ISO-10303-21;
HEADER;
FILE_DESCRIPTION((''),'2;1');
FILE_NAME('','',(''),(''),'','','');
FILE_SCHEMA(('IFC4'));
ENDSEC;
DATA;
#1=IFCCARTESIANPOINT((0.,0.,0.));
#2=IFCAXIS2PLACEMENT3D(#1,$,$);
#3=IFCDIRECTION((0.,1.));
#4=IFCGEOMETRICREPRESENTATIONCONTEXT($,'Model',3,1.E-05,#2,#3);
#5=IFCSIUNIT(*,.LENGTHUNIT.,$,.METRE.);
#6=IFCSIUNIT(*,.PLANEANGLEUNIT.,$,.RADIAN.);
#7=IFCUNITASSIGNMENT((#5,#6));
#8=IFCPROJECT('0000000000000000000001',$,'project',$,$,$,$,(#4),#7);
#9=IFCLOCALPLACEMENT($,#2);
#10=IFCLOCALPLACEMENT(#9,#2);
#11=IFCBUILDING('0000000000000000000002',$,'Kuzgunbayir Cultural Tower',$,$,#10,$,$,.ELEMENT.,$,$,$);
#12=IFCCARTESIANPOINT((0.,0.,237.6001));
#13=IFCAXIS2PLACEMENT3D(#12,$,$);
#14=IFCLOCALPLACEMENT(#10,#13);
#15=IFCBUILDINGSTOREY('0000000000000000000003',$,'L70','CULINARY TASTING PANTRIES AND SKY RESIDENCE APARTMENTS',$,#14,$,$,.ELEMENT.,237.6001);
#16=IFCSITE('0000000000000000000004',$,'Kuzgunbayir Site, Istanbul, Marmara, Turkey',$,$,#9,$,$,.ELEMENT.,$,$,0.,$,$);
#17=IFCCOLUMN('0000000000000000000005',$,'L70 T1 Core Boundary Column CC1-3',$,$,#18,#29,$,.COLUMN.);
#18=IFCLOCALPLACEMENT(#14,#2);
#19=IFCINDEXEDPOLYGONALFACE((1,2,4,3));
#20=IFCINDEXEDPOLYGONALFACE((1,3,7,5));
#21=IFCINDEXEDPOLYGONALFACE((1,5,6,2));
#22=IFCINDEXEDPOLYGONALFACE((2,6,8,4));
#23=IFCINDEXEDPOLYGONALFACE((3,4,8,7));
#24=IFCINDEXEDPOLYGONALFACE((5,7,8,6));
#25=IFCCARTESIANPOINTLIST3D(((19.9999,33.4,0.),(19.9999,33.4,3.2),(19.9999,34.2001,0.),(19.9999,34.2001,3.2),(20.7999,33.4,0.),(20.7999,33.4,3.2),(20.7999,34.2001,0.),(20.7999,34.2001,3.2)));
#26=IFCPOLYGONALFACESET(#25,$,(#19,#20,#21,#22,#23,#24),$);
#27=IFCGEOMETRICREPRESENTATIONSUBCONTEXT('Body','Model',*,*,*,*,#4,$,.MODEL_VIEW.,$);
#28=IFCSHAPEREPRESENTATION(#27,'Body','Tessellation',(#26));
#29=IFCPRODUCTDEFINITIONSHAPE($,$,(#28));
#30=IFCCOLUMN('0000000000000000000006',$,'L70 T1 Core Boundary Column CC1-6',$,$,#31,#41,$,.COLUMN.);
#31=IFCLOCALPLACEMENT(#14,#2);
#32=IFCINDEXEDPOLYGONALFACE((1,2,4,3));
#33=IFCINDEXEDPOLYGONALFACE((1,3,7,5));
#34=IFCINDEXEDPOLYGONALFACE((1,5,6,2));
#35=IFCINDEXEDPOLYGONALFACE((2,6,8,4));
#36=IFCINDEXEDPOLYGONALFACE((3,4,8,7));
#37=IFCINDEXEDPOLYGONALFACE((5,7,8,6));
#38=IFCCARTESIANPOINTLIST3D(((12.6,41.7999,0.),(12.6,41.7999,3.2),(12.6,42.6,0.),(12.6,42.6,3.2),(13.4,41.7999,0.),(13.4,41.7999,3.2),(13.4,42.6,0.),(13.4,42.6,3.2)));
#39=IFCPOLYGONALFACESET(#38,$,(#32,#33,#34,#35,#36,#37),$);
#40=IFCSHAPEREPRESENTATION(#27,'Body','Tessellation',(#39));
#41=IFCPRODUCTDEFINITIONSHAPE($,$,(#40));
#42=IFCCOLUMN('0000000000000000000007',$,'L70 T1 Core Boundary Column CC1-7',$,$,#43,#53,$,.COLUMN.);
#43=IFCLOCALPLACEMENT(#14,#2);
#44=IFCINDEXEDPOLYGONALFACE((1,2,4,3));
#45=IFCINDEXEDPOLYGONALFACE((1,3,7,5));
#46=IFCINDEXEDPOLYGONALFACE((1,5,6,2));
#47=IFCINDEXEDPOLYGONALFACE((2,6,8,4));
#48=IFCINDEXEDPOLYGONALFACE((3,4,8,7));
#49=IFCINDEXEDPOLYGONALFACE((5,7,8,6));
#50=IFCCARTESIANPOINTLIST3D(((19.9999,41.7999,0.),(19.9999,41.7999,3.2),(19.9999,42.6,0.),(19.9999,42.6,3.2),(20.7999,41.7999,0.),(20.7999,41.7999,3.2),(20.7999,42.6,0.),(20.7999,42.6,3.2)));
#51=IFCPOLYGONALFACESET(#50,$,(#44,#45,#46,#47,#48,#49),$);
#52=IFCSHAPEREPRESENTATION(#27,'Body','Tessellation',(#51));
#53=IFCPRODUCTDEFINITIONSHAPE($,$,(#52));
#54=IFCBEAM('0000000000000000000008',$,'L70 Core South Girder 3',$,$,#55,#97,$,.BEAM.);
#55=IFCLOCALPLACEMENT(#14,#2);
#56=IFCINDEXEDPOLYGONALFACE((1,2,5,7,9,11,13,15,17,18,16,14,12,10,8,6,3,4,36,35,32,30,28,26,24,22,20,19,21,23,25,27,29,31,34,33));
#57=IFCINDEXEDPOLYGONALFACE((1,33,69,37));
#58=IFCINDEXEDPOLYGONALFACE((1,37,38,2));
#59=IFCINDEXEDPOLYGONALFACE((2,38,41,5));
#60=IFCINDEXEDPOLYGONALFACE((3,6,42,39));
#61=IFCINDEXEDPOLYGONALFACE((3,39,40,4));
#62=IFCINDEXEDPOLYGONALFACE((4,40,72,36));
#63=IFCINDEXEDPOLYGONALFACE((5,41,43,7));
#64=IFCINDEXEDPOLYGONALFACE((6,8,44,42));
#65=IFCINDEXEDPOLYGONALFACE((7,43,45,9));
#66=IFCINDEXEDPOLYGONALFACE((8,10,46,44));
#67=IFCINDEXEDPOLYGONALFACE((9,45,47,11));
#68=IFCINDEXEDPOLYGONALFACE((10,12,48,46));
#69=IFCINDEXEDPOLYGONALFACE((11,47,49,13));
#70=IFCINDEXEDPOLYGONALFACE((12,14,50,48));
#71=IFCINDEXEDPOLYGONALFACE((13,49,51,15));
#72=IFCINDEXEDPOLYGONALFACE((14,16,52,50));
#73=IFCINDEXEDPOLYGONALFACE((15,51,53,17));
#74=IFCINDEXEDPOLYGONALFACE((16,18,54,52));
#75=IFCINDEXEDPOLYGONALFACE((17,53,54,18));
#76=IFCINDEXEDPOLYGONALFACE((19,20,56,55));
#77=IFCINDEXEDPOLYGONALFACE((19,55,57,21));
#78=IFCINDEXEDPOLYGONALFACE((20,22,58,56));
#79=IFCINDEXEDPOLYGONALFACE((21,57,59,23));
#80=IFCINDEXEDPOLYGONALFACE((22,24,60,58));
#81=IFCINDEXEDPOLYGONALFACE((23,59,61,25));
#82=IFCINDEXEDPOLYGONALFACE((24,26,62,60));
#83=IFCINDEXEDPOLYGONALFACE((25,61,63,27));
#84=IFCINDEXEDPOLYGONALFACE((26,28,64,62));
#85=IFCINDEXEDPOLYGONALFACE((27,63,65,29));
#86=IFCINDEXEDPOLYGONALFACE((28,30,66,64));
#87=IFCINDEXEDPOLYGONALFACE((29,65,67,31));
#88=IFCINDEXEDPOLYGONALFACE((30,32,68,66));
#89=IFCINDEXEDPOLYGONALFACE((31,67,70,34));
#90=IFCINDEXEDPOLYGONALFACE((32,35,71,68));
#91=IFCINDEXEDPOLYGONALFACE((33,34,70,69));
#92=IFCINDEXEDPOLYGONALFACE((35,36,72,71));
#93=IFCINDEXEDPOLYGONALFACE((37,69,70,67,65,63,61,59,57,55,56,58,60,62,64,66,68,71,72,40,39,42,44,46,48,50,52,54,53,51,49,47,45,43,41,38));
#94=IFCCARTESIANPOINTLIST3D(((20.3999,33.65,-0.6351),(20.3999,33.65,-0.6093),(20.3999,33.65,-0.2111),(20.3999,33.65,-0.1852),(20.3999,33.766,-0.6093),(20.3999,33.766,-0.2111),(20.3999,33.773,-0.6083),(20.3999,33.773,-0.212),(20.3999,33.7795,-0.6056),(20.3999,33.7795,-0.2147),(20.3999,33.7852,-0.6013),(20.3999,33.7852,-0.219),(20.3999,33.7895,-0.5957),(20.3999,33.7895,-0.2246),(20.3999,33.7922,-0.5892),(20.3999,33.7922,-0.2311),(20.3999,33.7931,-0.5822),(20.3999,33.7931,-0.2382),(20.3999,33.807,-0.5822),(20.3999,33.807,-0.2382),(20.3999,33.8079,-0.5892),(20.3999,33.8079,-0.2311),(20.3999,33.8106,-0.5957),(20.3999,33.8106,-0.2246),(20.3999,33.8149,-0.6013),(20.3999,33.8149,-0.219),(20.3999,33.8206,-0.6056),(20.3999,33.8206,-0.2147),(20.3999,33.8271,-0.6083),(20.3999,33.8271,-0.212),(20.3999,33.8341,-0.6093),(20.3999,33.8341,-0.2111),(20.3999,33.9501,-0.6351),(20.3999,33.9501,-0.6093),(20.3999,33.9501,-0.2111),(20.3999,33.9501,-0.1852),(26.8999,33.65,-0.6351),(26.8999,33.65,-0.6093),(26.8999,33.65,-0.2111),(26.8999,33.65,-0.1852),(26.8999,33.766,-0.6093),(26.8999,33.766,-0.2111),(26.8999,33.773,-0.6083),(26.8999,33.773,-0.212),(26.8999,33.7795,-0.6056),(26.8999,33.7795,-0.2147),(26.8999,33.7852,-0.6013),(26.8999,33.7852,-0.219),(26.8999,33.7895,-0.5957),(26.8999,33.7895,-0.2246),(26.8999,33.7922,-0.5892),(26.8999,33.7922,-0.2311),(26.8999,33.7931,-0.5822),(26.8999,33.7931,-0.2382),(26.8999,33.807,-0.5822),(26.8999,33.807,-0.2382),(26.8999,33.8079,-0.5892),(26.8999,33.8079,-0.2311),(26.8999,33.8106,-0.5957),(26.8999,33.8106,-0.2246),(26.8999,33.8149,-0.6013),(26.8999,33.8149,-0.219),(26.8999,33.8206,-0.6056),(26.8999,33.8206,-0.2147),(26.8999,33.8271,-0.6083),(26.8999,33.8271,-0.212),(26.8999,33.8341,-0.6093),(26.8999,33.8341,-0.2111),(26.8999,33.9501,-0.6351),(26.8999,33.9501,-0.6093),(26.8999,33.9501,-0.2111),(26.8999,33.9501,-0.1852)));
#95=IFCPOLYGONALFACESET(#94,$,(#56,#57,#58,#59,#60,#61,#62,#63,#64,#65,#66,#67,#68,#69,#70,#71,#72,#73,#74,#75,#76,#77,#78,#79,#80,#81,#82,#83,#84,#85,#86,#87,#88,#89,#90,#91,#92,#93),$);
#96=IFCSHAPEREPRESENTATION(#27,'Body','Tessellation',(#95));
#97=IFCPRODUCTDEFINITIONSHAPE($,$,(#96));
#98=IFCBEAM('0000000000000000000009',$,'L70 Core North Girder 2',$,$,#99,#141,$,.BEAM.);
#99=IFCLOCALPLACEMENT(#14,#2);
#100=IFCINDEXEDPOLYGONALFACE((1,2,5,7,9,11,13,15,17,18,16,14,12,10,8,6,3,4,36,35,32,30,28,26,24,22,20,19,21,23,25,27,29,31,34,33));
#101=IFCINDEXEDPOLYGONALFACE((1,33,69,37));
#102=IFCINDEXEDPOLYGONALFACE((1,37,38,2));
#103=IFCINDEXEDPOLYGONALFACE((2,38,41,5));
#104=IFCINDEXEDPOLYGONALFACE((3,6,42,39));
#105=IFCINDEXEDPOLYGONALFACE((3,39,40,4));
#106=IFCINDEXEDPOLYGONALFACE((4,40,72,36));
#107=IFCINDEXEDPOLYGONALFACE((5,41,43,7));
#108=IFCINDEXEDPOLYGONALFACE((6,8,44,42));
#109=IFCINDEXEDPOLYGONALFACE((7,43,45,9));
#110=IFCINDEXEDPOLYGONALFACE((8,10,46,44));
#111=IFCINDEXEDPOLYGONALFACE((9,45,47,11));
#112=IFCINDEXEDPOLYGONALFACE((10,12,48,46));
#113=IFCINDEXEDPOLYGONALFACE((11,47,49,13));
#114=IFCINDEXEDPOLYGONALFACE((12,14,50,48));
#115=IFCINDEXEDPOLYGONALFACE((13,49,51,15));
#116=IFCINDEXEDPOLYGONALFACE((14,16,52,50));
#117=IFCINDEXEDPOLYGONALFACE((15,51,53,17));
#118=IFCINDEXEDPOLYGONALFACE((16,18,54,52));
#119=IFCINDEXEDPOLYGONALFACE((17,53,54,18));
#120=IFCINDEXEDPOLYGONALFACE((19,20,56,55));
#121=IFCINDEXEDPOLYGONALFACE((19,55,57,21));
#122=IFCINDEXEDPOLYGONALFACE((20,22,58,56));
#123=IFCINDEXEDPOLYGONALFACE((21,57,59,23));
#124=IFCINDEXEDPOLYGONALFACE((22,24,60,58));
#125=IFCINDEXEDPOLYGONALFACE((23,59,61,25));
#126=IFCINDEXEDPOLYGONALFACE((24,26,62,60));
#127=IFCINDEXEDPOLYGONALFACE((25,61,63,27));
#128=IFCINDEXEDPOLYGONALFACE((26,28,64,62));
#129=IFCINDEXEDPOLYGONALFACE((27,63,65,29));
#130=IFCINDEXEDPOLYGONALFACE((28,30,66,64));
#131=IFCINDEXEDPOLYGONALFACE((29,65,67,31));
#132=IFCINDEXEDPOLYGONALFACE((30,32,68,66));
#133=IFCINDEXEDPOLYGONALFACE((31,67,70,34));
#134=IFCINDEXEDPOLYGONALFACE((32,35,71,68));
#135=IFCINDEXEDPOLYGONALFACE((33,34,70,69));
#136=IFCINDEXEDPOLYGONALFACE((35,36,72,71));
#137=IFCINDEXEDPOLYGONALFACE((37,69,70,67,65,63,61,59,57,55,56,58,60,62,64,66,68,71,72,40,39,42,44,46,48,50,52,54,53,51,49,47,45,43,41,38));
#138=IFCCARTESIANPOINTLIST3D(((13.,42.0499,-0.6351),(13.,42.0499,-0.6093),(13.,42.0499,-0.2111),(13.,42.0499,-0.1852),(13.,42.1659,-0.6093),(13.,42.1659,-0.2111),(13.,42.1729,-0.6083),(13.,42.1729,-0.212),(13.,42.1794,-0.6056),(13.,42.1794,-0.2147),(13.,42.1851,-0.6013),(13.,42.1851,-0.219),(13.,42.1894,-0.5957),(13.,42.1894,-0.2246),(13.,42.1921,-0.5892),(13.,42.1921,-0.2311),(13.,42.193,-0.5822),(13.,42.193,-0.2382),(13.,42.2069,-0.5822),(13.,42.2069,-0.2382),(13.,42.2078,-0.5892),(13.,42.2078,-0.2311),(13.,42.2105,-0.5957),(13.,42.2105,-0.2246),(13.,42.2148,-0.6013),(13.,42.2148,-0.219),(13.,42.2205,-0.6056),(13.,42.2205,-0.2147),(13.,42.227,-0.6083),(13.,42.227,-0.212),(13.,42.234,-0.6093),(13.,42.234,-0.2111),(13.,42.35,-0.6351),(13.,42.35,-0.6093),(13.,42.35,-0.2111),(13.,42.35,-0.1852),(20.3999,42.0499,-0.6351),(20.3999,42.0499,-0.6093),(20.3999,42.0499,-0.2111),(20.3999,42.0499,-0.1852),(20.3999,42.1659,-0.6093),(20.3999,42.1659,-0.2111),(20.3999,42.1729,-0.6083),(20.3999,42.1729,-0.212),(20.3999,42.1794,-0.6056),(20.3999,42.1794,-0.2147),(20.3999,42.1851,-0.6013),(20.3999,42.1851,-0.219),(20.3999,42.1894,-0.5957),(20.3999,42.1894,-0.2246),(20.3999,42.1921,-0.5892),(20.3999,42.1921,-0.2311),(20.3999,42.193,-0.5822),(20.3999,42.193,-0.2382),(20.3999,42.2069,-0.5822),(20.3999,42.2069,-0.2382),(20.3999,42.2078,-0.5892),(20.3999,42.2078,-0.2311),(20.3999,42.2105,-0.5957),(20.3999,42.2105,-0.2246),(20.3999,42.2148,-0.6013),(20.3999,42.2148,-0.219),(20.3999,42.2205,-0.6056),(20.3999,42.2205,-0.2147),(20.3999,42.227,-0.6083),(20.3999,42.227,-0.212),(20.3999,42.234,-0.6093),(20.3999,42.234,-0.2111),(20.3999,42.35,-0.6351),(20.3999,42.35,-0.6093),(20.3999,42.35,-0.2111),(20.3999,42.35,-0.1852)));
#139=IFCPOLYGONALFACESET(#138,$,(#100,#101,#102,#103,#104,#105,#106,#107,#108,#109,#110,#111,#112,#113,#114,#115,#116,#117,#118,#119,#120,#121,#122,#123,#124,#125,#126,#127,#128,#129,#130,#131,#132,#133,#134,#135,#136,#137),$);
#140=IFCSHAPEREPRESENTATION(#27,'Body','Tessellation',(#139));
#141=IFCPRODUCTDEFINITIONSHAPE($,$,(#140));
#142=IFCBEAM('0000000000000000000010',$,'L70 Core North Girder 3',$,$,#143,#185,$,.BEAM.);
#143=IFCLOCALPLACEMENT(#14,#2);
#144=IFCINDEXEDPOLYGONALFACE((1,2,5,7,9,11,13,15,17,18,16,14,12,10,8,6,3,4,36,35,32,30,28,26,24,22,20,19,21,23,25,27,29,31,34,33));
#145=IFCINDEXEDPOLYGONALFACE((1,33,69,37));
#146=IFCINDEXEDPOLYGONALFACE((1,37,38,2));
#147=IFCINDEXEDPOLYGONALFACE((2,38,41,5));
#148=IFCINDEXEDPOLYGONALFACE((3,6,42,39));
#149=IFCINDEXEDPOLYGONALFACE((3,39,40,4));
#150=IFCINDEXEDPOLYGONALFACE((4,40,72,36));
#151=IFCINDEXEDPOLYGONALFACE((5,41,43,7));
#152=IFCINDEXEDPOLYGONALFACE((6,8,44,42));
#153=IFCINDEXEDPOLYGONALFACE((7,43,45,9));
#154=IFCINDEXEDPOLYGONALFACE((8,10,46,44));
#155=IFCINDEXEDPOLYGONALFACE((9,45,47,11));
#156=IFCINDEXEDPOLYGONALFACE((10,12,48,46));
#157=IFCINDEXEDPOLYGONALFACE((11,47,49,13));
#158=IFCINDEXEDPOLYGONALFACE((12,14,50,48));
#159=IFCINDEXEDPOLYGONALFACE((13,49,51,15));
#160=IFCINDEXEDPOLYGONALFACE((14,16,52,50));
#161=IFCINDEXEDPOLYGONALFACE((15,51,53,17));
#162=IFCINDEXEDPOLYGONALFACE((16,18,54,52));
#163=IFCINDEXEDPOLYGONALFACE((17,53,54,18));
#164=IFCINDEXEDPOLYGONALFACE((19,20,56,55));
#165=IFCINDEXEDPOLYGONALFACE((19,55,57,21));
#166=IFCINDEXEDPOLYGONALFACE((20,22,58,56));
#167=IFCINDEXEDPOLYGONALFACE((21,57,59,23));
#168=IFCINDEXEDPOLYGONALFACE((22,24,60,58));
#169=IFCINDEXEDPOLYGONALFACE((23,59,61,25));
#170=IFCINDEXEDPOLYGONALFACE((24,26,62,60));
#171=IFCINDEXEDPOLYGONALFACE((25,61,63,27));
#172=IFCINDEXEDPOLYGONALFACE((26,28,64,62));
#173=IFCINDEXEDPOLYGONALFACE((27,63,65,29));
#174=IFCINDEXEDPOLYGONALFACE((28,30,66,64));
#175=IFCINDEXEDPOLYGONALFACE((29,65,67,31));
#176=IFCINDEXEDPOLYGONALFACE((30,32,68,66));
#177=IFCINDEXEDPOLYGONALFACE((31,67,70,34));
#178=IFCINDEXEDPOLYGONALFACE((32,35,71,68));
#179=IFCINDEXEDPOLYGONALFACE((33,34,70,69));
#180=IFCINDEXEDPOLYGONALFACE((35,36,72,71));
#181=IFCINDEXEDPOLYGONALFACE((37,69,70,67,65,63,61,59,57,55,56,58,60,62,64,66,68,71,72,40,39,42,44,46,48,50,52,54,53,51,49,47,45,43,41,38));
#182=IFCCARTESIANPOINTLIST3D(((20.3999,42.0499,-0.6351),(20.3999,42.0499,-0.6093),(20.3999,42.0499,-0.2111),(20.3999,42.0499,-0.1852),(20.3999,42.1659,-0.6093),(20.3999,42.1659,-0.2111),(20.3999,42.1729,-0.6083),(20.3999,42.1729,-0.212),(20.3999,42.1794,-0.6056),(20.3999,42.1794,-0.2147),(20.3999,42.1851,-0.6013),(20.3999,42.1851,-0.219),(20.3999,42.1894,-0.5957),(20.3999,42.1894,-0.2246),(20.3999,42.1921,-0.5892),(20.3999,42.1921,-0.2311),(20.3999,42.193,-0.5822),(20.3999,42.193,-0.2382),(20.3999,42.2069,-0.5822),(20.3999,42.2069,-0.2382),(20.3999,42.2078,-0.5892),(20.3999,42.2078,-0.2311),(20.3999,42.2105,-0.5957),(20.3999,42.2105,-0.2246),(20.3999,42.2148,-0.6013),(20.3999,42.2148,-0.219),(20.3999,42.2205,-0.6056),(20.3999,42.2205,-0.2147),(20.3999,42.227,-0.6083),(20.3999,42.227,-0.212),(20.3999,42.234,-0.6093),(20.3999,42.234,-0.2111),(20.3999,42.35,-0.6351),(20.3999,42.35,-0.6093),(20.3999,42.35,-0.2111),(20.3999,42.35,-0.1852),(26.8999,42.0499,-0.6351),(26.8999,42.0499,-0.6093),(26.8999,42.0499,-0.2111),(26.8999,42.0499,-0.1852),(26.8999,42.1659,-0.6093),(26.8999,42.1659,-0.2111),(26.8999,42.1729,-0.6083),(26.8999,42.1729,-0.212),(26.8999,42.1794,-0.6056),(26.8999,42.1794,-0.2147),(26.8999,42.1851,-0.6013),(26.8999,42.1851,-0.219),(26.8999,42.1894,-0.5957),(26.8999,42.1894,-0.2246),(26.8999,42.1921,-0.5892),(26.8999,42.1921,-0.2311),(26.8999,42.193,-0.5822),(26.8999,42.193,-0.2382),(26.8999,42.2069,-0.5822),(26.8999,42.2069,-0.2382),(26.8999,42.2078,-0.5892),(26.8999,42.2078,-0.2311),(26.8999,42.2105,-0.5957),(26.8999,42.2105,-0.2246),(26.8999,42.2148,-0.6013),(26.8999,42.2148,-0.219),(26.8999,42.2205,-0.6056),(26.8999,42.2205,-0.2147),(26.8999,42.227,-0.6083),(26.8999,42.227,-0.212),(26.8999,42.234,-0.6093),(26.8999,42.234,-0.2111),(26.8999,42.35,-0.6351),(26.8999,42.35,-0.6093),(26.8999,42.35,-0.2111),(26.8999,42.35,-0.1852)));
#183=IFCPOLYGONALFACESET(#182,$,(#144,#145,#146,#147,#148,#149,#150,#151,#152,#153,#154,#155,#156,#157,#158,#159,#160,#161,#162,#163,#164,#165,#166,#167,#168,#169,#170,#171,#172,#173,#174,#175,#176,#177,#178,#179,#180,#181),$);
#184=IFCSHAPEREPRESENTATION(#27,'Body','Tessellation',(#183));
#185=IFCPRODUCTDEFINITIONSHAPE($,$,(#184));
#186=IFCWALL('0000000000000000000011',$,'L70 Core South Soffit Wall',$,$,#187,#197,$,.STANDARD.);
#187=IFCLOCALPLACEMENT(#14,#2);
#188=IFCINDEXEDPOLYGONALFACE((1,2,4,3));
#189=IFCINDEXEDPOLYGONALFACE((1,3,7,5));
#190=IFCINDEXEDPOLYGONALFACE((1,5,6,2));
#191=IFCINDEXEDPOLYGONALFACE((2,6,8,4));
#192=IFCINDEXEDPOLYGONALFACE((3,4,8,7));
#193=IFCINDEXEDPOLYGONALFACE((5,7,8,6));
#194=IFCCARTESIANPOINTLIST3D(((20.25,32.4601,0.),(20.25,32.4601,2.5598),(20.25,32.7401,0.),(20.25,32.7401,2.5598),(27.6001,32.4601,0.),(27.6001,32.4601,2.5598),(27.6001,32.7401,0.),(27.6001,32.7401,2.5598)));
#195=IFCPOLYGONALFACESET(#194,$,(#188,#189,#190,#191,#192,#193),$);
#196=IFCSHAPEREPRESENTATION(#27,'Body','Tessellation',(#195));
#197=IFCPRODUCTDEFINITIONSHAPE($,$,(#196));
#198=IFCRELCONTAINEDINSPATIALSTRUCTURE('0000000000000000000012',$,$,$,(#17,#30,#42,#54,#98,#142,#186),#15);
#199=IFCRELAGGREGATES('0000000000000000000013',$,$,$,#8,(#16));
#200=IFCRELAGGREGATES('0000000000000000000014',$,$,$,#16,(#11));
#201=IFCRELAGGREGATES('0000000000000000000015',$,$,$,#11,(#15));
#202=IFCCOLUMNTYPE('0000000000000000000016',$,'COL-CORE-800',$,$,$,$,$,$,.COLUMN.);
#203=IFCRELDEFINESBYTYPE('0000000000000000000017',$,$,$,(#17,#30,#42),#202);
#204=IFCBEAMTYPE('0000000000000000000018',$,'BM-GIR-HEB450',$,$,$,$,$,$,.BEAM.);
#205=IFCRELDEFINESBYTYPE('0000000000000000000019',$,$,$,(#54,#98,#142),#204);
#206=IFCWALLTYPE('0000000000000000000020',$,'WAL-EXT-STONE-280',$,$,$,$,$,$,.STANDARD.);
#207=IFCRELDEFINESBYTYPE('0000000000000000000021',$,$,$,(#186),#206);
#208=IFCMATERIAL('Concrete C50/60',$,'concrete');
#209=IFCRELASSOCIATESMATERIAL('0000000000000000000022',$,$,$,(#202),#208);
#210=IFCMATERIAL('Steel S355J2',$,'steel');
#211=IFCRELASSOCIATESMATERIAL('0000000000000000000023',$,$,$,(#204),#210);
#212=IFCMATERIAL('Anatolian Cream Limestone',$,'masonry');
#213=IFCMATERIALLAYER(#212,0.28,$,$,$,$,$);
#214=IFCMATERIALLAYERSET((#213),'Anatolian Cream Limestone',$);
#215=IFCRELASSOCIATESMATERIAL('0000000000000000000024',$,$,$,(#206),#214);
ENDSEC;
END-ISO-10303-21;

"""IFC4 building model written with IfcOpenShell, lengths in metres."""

from ifc_helpers import new_model, si_unit, direction, frame, frame_2d, origin, origin_2d, place, context, subcontext, project, spatial, rectangle, i_section, extrude, material, layer, layer_set, material_profile, profile_set, type_object, element, save


model = new_model("IFC4")

# Units and contexts
model_context = context("Model", 3, precision=1e-05, world=origin(), true_north=direction((0.0, 1.0)))
body_context = subcontext(model_context, "Body", "Model", "MODEL_VIEW")
ifc_project = project(units=[si_unit("LENGTHUNIT", "METRE"), si_unit("PLANEANGLEUNIT", "RADIAN")], contexts=[model_context])

# Site, building, storey
site_placement = place(None, origin())
site = spatial("IfcSite", under=ifc_project, at=site_placement, Name="Kuzgunbayir Site, Istanbul, Marmara, Turkey", CompositionType="ELEMENT", RefElevation=0.0)
building_placement = place(site_placement, origin())
building = spatial("IfcBuilding", under=site, at=building_placement, Name="Kuzgunbayir Cultural Tower", CompositionType="ELEMENT")
storey_placement = place(building_placement, frame((0.0, 0.0, 237.6001)))
storey = spatial("IfcBuildingStorey", under=building, at=storey_placement, Name="L70", Description="CULINARY TASTING PANTRIES AND SKY RESIDENCE APARTMENTS", CompositionType="ELEMENT", Elevation=237.6001)

# Columns
ifc_material_1 = material(Name="Concrete C50/60", Category="concrete")
ifc_material_profile_1 = material_profile(ifc_material_1, rectangle(XDim=0.8, YDim=0.8, at=origin_2d()), Name="RC 800x800")
ifc_profile_set_1 = profile_set([ifc_material_profile_1], Name="Concrete C50/60")
column_type = type_object("IfcColumnType", Name="COL-CORE-800", PredefinedType="COLUMN", material=ifc_profile_set_1)
for number, where, z_axis, x_axis, name in (
    (1, (20.3999, 33.8, 0.0), (0.0, 0.0, 1.0), (1.0, 0.0, 0.0), "L70 T1 Core Boundary Column CC1-3"),
    (2, (13.0, 42.2, 0.0), (0.0, 0.0, 1.0), (1.0, 0.0, 0.0), "L70 T1 Core Boundary Column CC1-6"),
    (3, (20.3999, 42.2, 0.0), (0.0, 0.0, 1.0), (1.0, 0.0, 0.0), "L70 T1 Core Boundary Column CC1-7"),
):
    element("IfcColumn", number, at=place(storey_placement, frame(where, z_axis=z_axis, x_axis=x_axis)), inside=storey, type_object=column_type, Name=name, PredefinedType="COLUMN", context=body_context, shape_type="SweptSolid", body=[
        extrude(rectangle(XDim=0.8, YDim=0.8, at=origin_2d()), origin(), (0.0, 0.0, 1.0), 3.2),
    ])

# Beams
ifc_material_2 = material(Name="Steel S355J2", Category="steel")
ifc_material_profile_2 = material_profile(ifc_material_2, i_section(OverallWidth=0.3, OverallDepth=0.45, WebThickness=0.0139, FlangeThickness=0.0259, FilletRadius=0.0271, at=origin_2d()), Name="HEB 450")
ifc_profile_set_2 = profile_set([ifc_material_profile_2], Name="Steel S355J2")
beam_type = type_object("IfcBeamType", Name="BM-GIR-HEB450", PredefinedType="BEAM", material=ifc_profile_set_2)
beam_1_placement = place(storey_placement, frame((20.3999, 33.8, -0.4102), z_axis=(1.0, 0.0, 0.0), x_axis=(0.0, 1.0, 0.0)))
element("IfcBeam", 4, at=beam_1_placement, inside=storey, type_object=beam_type, Name="L70 Core South Girder 3", PredefinedType="BEAM", context=body_context, shape_type="SweptSolid", body=[
    extrude(i_section(OverallWidth=0.3, OverallDepth=0.45, WebThickness=0.0139, FlangeThickness=0.0259, FilletRadius=0.0271, at=origin_2d()), origin(), (0.0, 0.0, 1.0), 6.5),
])
beam_2_placement = place(storey_placement, frame((13.0, 42.2, -0.4102), z_axis=(1.0, 0.0, 0.0), x_axis=(0.0, 1.0, 0.0)))
element("IfcBeam", 5, at=beam_2_placement, inside=storey, type_object=beam_type, Name="L70 Core North Girder 2", PredefinedType="BEAM", context=body_context, shape_type="SweptSolid", body=[
    extrude(i_section(OverallWidth=0.3, OverallDepth=0.45, WebThickness=0.0139, FlangeThickness=0.0259, FilletRadius=0.0271, at=origin_2d()), origin(), (0.0, 0.0, 1.0), 7.3999),
])
beam_3_placement = place(storey_placement, frame((20.3999, 42.2, -0.4102), z_axis=(1.0, 0.0, 0.0), x_axis=(0.0, 1.0, 0.0)))
element("IfcBeam", 6, at=beam_3_placement, inside=storey, type_object=beam_type, Name="L70 Core North Girder 3", PredefinedType="BEAM", context=body_context, shape_type="SweptSolid", body=[
    extrude(i_section(OverallWidth=0.3, OverallDepth=0.45, WebThickness=0.0139, FlangeThickness=0.0259, FilletRadius=0.0271, at=origin_2d()), origin(), (0.0, 0.0, 1.0), 6.5),
])

# Wall
ifc_material_3 = material(Name="Anatolian Cream Limestone", Category="masonry")
ifc_layer_1 = layer(ifc_material_3, 0.28)
ifc_layer_set_1 = layer_set([ifc_layer_1], Name="Anatolian Cream Limestone")
wall_type_1 = type_object("IfcWallType", Name="WAL-EXT-STONE-280", PredefinedType="STANDARD", material=ifc_layer_set_1)
wall_1_placement = place(storey_placement, frame((20.25, 32.6001, 0.0), z_axis=(0.0, 0.0, 1.0), x_axis=(1.0, 0.0, 0.0)))
element("IfcWall", 7, at=wall_1_placement, inside=storey, type_object=wall_type_1, Name="L70 Core South Soffit Wall", PredefinedType="STANDARD", context=body_context, shape_type="SweptSolid", body=[
    extrude(rectangle(XDim=7.3501, YDim=0.28, at=frame_2d((3.675, 0.0))), origin(), (0.0, 0.0, 1.0), 2.5598),
])

save(model, "model.ifc")
